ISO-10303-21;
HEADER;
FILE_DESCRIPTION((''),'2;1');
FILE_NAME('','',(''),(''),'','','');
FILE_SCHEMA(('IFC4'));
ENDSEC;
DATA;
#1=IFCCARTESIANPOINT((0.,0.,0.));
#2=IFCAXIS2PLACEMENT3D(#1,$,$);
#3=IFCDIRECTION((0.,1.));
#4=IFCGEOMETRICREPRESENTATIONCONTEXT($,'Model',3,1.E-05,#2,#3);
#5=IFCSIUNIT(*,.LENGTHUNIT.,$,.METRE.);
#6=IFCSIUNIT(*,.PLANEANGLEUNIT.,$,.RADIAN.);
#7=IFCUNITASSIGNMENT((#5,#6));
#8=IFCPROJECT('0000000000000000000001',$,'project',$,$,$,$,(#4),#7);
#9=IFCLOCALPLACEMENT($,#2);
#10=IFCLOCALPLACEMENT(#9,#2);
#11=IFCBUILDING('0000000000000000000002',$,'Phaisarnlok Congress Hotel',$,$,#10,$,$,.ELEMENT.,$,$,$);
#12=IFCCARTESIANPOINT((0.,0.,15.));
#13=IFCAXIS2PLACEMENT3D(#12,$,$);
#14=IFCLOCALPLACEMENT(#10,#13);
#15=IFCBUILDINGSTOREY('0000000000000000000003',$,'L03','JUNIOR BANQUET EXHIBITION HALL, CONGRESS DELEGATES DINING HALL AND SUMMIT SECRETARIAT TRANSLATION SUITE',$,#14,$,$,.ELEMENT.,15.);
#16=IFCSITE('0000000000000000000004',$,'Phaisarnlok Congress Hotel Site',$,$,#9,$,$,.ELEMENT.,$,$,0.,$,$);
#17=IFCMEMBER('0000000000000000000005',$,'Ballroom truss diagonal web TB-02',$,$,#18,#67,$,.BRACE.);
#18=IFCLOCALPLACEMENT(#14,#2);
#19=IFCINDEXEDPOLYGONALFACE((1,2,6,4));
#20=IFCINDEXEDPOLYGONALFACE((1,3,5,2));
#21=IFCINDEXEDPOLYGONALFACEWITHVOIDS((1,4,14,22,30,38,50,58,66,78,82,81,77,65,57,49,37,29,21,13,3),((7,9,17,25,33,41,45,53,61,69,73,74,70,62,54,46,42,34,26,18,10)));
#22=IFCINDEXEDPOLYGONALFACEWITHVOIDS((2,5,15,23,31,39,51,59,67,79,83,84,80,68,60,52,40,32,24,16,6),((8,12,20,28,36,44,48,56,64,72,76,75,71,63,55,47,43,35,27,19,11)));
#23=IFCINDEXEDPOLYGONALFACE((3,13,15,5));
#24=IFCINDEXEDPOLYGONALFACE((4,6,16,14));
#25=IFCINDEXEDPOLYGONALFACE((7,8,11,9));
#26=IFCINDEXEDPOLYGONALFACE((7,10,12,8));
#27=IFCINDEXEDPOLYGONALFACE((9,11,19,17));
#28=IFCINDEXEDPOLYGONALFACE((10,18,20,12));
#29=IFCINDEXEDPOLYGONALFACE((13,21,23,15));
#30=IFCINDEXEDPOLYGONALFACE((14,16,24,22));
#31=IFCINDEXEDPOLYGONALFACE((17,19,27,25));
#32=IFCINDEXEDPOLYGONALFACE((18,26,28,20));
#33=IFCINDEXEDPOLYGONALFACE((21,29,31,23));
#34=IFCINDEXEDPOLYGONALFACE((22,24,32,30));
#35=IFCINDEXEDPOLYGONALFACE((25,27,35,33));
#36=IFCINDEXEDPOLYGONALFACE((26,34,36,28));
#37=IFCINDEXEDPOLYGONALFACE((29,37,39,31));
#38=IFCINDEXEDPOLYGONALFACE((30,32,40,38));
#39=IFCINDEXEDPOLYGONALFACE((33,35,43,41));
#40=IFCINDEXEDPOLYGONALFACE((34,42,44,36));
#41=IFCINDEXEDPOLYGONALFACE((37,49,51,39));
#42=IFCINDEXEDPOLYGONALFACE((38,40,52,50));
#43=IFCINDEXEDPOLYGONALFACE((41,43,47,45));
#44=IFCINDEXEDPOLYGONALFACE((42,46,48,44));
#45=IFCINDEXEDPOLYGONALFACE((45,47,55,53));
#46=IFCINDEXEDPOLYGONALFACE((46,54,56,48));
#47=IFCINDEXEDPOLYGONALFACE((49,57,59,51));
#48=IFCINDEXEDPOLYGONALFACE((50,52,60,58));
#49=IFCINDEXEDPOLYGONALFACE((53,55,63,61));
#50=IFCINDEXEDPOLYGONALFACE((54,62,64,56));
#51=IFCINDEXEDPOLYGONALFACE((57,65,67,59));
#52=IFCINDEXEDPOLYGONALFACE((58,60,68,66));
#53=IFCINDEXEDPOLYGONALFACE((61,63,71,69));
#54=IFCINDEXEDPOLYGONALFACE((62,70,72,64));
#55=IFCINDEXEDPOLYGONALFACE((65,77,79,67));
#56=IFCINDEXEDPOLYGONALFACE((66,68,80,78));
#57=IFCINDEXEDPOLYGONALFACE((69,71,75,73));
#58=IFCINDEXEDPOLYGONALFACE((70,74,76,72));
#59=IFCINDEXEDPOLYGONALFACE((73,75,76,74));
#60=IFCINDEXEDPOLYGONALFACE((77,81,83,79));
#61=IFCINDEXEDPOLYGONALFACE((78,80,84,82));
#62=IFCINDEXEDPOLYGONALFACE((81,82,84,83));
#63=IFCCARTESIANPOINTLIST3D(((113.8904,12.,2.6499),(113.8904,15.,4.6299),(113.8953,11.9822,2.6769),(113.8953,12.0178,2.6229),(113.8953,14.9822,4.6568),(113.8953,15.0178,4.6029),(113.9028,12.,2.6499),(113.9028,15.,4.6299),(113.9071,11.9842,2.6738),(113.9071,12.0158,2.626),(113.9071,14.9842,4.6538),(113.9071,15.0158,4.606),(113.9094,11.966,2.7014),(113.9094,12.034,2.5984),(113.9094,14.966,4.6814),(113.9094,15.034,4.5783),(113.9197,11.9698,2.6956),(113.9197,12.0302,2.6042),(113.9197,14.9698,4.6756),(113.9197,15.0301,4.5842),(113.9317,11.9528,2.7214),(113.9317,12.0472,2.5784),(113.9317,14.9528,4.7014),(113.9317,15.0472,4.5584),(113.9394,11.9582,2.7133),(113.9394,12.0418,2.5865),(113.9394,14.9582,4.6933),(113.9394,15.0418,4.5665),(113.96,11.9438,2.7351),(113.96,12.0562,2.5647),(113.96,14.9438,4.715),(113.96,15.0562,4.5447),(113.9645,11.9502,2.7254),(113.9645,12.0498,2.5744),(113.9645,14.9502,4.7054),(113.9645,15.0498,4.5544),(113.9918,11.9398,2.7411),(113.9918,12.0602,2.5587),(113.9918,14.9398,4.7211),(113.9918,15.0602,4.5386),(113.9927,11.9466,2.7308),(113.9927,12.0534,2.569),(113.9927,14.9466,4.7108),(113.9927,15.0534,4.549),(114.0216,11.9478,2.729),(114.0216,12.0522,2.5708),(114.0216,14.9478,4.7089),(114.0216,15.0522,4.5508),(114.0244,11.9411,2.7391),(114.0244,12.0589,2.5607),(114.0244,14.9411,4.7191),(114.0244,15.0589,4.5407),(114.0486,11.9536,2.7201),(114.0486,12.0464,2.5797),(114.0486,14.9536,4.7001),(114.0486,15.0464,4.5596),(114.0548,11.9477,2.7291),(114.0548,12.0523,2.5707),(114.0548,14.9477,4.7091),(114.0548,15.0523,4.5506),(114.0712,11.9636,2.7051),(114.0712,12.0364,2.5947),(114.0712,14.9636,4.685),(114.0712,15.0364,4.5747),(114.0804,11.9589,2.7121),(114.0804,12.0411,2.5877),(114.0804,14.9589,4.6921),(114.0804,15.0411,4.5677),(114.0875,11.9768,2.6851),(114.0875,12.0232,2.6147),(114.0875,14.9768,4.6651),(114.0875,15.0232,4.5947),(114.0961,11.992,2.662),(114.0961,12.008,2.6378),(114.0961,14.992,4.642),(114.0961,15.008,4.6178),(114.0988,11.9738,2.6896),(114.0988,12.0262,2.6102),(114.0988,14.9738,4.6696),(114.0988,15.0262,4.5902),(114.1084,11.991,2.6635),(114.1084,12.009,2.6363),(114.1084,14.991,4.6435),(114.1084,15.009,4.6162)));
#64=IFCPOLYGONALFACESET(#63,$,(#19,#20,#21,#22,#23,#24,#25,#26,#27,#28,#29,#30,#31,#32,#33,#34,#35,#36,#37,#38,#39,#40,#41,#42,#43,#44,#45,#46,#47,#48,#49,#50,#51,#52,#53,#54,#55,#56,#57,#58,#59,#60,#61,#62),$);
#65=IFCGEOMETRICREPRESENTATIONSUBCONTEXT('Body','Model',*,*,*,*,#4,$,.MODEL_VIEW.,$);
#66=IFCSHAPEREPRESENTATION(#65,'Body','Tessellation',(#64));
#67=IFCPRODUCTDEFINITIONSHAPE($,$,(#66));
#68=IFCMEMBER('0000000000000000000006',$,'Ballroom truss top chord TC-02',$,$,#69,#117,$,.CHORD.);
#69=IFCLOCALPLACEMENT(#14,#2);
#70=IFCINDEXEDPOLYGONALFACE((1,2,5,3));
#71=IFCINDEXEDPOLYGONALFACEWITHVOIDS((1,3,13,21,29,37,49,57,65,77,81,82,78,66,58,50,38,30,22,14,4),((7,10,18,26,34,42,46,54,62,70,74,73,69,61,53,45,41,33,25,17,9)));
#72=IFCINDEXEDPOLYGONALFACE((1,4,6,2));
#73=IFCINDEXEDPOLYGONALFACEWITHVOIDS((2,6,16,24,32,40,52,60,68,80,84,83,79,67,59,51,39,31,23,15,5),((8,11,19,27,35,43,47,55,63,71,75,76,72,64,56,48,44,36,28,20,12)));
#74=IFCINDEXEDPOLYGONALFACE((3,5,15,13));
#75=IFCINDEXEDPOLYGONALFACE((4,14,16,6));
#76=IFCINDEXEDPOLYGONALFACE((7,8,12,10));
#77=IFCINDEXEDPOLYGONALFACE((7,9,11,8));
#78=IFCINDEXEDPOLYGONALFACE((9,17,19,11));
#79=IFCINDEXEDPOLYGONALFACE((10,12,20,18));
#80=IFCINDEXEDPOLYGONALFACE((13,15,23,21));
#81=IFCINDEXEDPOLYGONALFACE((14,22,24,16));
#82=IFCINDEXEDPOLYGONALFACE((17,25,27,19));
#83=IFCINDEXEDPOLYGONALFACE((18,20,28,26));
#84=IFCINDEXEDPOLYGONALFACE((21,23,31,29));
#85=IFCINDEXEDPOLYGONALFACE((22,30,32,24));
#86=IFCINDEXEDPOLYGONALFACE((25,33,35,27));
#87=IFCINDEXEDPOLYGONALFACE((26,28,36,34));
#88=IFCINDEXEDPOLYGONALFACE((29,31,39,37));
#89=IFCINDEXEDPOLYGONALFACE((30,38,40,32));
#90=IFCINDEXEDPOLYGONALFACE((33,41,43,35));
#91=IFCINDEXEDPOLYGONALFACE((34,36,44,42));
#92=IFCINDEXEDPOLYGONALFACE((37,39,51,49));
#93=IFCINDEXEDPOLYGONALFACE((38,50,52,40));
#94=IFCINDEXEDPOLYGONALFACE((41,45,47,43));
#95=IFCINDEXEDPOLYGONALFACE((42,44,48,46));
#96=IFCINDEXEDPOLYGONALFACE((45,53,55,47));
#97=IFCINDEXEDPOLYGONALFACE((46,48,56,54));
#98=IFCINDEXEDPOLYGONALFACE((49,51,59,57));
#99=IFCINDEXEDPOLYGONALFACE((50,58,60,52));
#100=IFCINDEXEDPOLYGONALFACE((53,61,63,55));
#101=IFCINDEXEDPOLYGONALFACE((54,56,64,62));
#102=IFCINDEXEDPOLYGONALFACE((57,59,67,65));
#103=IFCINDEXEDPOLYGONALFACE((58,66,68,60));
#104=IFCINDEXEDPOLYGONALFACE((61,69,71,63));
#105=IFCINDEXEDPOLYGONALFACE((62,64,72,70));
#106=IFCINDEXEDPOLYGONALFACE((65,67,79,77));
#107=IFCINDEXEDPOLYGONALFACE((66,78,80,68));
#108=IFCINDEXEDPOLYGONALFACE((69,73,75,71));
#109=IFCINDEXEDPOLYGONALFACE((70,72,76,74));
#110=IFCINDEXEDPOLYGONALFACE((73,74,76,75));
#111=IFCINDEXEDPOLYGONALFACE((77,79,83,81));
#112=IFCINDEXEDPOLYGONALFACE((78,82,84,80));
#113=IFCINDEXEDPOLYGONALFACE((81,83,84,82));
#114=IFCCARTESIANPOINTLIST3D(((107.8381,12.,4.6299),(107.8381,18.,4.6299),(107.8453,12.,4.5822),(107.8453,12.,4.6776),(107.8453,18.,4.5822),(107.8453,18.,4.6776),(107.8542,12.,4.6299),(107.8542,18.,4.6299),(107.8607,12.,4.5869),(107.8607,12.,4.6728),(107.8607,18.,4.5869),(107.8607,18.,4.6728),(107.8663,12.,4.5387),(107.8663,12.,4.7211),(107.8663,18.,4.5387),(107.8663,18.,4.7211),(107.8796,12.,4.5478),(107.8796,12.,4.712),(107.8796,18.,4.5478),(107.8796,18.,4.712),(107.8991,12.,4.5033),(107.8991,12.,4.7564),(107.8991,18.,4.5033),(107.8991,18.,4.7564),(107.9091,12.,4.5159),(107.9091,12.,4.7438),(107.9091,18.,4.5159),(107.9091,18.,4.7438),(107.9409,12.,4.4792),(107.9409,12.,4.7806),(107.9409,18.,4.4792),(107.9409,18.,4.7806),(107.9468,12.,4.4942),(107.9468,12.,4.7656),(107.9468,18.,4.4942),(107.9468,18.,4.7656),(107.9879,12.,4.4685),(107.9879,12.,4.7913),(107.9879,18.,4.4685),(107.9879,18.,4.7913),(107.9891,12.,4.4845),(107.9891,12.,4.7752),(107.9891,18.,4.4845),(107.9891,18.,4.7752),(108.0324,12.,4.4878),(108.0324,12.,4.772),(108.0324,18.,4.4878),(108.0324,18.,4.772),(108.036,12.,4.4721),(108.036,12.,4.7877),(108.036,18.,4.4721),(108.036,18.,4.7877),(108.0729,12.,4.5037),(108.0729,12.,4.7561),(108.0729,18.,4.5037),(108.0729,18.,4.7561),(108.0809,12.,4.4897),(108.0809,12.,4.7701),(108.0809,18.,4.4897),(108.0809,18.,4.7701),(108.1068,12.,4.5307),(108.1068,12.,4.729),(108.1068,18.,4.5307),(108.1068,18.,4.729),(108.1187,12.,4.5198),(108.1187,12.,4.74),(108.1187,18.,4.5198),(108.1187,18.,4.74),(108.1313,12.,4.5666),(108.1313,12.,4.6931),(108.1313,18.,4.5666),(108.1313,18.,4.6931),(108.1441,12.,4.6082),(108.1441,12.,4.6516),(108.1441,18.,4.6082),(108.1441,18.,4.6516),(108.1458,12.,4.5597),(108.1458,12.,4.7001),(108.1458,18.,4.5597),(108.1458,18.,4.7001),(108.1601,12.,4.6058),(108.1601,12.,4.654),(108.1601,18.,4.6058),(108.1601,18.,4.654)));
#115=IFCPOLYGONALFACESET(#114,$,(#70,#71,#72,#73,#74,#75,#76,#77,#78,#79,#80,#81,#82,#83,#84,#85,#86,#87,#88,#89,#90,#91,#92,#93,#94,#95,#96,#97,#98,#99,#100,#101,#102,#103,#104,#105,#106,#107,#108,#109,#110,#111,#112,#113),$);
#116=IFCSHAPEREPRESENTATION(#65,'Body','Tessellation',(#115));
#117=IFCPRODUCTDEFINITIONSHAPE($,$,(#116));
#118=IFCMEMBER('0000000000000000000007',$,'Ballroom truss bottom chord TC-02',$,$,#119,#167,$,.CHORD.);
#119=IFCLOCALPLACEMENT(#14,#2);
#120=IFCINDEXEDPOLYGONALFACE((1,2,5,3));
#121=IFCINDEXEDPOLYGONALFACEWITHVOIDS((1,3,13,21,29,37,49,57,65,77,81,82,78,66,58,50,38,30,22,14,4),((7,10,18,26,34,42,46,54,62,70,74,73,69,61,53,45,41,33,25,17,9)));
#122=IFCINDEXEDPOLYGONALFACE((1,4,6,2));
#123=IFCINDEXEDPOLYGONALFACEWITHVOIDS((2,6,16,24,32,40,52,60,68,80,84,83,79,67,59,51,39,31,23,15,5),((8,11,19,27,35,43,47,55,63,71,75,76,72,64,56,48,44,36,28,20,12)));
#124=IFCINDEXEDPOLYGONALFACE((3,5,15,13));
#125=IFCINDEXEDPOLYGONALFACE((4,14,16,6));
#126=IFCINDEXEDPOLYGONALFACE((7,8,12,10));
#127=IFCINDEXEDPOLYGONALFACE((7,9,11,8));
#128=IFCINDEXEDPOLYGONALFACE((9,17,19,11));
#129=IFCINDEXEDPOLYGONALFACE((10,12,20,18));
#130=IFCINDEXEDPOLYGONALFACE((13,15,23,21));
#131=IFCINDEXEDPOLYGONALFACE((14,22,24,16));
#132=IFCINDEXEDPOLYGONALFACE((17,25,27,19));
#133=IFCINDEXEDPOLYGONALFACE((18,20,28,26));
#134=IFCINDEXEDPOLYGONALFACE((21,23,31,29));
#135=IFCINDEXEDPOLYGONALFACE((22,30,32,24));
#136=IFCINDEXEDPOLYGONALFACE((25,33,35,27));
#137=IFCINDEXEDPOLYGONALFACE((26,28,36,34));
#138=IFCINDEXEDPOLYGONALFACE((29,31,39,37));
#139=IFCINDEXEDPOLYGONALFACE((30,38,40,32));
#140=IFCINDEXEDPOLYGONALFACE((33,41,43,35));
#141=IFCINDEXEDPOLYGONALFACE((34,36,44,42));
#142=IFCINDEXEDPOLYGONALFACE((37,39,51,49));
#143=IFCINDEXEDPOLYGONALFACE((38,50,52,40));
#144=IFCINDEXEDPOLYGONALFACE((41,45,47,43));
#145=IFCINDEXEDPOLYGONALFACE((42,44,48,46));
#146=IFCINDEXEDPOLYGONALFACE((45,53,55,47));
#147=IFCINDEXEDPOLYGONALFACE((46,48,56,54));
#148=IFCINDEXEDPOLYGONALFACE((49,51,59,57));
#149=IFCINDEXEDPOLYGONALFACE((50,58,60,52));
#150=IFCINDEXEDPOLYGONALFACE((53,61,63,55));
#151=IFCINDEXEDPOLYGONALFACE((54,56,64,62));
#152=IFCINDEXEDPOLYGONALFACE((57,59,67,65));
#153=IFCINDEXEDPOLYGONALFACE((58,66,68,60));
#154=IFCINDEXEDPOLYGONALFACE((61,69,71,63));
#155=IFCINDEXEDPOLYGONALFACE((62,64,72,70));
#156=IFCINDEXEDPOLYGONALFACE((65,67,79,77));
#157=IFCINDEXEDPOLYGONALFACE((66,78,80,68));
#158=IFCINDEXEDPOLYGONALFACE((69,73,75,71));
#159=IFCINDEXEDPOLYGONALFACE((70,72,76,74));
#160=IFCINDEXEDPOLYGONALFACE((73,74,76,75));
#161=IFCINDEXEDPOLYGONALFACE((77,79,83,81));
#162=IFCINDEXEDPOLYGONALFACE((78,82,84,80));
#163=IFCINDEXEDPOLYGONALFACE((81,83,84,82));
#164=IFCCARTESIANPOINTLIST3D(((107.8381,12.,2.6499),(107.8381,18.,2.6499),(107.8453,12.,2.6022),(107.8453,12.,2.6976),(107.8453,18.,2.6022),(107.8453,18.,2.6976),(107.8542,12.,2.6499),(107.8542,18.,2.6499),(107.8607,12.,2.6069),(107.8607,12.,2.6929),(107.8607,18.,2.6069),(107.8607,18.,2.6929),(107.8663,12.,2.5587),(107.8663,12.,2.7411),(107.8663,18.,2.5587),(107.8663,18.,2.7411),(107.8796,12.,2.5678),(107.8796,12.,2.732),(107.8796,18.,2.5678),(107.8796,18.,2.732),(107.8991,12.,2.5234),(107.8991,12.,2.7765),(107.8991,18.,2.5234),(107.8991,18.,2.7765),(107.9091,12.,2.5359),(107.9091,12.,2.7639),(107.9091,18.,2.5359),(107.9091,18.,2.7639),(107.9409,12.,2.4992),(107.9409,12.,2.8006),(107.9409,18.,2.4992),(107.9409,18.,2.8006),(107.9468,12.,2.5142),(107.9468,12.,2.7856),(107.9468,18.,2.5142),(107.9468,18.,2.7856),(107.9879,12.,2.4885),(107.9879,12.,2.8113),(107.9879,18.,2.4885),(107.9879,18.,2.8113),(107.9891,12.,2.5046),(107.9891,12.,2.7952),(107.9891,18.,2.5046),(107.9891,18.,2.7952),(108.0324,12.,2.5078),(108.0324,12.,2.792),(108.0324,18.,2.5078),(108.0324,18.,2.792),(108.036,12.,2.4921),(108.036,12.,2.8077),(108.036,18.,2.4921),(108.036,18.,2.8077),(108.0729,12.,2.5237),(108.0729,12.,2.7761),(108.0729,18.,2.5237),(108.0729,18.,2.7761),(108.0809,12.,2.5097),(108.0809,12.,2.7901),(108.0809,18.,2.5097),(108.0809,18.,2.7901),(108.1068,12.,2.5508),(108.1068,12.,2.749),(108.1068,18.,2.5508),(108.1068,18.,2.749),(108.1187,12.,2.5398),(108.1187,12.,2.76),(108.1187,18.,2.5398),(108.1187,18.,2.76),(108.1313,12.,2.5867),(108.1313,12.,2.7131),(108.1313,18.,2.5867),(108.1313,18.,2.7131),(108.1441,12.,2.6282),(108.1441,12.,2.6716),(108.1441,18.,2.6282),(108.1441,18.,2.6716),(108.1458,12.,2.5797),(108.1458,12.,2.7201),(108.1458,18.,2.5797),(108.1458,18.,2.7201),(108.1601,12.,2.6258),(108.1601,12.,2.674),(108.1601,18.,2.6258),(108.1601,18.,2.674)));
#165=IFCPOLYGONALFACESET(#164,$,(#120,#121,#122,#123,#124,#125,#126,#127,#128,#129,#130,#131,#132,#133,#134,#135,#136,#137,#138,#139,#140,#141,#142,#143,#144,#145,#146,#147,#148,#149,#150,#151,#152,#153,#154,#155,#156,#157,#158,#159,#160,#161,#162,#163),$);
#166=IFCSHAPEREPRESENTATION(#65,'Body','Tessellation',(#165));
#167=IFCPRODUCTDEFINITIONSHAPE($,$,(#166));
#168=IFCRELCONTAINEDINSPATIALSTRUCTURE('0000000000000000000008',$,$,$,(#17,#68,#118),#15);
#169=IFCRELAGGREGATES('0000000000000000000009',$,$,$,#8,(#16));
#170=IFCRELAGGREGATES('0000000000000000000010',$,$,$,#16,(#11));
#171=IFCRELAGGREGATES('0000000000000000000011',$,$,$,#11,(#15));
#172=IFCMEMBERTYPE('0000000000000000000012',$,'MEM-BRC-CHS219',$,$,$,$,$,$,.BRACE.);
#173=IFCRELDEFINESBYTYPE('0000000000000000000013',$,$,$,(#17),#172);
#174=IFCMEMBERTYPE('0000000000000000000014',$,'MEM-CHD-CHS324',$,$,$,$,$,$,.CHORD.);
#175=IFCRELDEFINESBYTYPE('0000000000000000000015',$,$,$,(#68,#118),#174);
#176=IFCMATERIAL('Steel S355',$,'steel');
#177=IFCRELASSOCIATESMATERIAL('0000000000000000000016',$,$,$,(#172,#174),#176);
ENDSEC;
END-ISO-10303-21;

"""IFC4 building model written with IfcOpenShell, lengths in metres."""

from ifc_helpers import new_model, si_unit, direction, frame, origin, origin_2d, place, context, subcontext, project, spatial, hollow_circle, extrude, material, material_profile, profile_set, type_object, element, save


model = new_model("IFC4")

# Units and contexts
model_context = context("Model", 3, precision=1e-05, world=origin(), true_north=direction((0.0, 1.0)))
body_context = subcontext(model_context, "Body", "Model", "MODEL_VIEW")
ifc_project = project(units=[si_unit("LENGTHUNIT", "METRE"), si_unit("PLANEANGLEUNIT", "RADIAN")], contexts=[model_context])

# Site, building, storey
site_placement = place(None, origin())
site = spatial("IfcSite", under=ifc_project, at=site_placement, Name="Phaisarnlok Congress Hotel Site", CompositionType="ELEMENT", RefElevation=0.0)
building_placement = place(site_placement, origin())
building = spatial("IfcBuilding", under=site, at=building_placement, Name="Phaisarnlok Congress Hotel", CompositionType="ELEMENT")
storey_placement = place(building_placement, frame((0.0, 0.0, 15.0)))
storey = spatial("IfcBuildingStorey", under=building, at=storey_placement, Name="L03", Description="JUNIOR BANQUET EXHIBITION HALL, CONGRESS DELEGATES DINING HALL AND SUMMIT SECRETARIAT TRANSLATION SUITE", CompositionType="ELEMENT", Elevation=15.0)

# Members
ifc_material_1 = material(Name="Steel S355", Category="steel")
ifc_material_profile_1 = material_profile(ifc_material_1, hollow_circle(Radius=0.1096, WallThickness=0.0125, at=origin_2d()), Name="CHS 219.1x12.5")
ifc_profile_set_1 = profile_set([ifc_material_profile_1], Name="Steel S355")
member_type_1 = type_object("IfcMemberType", Name="MEM-BRC-CHS219", PredefinedType="BRACE", material=ifc_profile_set_1)
for number, where, z_axis, x_axis, name in (
    (1, (114.0, 12.0, 2.6499), (0.0, 0.834612, 0.550838), (-1.0, 0.0, 0.0), "Ballroom truss diagonal web TB-02"),
):
    element("IfcMember", number, at=place(storey_placement, frame(where, z_axis=z_axis, x_axis=x_axis)), inside=storey, type_object=member_type_1, Name=name, PredefinedType="BRACE", context=body_context, shape_type="SweptSolid", body=[
        extrude(hollow_circle(Radius=0.1096, WallThickness=0.0125, at=origin_2d()), origin(), (0.0, 0.0, 1.0), 3.5945),
    ])
ifc_material_profile_2 = material_profile(ifc_material_1, hollow_circle(Radius=0.1619, WallThickness=0.0161, at=origin_2d()), Name="CHS 323.9x16")
ifc_profile_set_2 = profile_set([ifc_material_profile_2], Name="Steel S355")
member_type_2 = type_object("IfcMemberType", Name="MEM-CHD-CHS324", PredefinedType="CHORD", material=ifc_profile_set_2)
for number, where, z_axis, x_axis, name in (
    (2, (108.0, 12.0, 4.6299), (0.0, 1.0, 0.0), (-1.0, 0.0, 0.0), "Ballroom truss top chord TC-02"),
    (3, (108.0, 12.0, 2.6499), (0.0, 1.0, 0.0), (-1.0, 0.0, 0.0), "Ballroom truss bottom chord TC-02"),
):
    element("IfcMember", number, at=place(storey_placement, frame(where, z_axis=z_axis, x_axis=x_axis)), inside=storey, type_object=member_type_2, Name=name, PredefinedType="CHORD", context=body_context, shape_type="SweptSolid", body=[
        extrude(hollow_circle(Radius=0.1619, WallThickness=0.0161, at=origin_2d()), origin(), (0.0, 0.0, 1.0), 6.0),
    ])

save(model, "model.ifc")
